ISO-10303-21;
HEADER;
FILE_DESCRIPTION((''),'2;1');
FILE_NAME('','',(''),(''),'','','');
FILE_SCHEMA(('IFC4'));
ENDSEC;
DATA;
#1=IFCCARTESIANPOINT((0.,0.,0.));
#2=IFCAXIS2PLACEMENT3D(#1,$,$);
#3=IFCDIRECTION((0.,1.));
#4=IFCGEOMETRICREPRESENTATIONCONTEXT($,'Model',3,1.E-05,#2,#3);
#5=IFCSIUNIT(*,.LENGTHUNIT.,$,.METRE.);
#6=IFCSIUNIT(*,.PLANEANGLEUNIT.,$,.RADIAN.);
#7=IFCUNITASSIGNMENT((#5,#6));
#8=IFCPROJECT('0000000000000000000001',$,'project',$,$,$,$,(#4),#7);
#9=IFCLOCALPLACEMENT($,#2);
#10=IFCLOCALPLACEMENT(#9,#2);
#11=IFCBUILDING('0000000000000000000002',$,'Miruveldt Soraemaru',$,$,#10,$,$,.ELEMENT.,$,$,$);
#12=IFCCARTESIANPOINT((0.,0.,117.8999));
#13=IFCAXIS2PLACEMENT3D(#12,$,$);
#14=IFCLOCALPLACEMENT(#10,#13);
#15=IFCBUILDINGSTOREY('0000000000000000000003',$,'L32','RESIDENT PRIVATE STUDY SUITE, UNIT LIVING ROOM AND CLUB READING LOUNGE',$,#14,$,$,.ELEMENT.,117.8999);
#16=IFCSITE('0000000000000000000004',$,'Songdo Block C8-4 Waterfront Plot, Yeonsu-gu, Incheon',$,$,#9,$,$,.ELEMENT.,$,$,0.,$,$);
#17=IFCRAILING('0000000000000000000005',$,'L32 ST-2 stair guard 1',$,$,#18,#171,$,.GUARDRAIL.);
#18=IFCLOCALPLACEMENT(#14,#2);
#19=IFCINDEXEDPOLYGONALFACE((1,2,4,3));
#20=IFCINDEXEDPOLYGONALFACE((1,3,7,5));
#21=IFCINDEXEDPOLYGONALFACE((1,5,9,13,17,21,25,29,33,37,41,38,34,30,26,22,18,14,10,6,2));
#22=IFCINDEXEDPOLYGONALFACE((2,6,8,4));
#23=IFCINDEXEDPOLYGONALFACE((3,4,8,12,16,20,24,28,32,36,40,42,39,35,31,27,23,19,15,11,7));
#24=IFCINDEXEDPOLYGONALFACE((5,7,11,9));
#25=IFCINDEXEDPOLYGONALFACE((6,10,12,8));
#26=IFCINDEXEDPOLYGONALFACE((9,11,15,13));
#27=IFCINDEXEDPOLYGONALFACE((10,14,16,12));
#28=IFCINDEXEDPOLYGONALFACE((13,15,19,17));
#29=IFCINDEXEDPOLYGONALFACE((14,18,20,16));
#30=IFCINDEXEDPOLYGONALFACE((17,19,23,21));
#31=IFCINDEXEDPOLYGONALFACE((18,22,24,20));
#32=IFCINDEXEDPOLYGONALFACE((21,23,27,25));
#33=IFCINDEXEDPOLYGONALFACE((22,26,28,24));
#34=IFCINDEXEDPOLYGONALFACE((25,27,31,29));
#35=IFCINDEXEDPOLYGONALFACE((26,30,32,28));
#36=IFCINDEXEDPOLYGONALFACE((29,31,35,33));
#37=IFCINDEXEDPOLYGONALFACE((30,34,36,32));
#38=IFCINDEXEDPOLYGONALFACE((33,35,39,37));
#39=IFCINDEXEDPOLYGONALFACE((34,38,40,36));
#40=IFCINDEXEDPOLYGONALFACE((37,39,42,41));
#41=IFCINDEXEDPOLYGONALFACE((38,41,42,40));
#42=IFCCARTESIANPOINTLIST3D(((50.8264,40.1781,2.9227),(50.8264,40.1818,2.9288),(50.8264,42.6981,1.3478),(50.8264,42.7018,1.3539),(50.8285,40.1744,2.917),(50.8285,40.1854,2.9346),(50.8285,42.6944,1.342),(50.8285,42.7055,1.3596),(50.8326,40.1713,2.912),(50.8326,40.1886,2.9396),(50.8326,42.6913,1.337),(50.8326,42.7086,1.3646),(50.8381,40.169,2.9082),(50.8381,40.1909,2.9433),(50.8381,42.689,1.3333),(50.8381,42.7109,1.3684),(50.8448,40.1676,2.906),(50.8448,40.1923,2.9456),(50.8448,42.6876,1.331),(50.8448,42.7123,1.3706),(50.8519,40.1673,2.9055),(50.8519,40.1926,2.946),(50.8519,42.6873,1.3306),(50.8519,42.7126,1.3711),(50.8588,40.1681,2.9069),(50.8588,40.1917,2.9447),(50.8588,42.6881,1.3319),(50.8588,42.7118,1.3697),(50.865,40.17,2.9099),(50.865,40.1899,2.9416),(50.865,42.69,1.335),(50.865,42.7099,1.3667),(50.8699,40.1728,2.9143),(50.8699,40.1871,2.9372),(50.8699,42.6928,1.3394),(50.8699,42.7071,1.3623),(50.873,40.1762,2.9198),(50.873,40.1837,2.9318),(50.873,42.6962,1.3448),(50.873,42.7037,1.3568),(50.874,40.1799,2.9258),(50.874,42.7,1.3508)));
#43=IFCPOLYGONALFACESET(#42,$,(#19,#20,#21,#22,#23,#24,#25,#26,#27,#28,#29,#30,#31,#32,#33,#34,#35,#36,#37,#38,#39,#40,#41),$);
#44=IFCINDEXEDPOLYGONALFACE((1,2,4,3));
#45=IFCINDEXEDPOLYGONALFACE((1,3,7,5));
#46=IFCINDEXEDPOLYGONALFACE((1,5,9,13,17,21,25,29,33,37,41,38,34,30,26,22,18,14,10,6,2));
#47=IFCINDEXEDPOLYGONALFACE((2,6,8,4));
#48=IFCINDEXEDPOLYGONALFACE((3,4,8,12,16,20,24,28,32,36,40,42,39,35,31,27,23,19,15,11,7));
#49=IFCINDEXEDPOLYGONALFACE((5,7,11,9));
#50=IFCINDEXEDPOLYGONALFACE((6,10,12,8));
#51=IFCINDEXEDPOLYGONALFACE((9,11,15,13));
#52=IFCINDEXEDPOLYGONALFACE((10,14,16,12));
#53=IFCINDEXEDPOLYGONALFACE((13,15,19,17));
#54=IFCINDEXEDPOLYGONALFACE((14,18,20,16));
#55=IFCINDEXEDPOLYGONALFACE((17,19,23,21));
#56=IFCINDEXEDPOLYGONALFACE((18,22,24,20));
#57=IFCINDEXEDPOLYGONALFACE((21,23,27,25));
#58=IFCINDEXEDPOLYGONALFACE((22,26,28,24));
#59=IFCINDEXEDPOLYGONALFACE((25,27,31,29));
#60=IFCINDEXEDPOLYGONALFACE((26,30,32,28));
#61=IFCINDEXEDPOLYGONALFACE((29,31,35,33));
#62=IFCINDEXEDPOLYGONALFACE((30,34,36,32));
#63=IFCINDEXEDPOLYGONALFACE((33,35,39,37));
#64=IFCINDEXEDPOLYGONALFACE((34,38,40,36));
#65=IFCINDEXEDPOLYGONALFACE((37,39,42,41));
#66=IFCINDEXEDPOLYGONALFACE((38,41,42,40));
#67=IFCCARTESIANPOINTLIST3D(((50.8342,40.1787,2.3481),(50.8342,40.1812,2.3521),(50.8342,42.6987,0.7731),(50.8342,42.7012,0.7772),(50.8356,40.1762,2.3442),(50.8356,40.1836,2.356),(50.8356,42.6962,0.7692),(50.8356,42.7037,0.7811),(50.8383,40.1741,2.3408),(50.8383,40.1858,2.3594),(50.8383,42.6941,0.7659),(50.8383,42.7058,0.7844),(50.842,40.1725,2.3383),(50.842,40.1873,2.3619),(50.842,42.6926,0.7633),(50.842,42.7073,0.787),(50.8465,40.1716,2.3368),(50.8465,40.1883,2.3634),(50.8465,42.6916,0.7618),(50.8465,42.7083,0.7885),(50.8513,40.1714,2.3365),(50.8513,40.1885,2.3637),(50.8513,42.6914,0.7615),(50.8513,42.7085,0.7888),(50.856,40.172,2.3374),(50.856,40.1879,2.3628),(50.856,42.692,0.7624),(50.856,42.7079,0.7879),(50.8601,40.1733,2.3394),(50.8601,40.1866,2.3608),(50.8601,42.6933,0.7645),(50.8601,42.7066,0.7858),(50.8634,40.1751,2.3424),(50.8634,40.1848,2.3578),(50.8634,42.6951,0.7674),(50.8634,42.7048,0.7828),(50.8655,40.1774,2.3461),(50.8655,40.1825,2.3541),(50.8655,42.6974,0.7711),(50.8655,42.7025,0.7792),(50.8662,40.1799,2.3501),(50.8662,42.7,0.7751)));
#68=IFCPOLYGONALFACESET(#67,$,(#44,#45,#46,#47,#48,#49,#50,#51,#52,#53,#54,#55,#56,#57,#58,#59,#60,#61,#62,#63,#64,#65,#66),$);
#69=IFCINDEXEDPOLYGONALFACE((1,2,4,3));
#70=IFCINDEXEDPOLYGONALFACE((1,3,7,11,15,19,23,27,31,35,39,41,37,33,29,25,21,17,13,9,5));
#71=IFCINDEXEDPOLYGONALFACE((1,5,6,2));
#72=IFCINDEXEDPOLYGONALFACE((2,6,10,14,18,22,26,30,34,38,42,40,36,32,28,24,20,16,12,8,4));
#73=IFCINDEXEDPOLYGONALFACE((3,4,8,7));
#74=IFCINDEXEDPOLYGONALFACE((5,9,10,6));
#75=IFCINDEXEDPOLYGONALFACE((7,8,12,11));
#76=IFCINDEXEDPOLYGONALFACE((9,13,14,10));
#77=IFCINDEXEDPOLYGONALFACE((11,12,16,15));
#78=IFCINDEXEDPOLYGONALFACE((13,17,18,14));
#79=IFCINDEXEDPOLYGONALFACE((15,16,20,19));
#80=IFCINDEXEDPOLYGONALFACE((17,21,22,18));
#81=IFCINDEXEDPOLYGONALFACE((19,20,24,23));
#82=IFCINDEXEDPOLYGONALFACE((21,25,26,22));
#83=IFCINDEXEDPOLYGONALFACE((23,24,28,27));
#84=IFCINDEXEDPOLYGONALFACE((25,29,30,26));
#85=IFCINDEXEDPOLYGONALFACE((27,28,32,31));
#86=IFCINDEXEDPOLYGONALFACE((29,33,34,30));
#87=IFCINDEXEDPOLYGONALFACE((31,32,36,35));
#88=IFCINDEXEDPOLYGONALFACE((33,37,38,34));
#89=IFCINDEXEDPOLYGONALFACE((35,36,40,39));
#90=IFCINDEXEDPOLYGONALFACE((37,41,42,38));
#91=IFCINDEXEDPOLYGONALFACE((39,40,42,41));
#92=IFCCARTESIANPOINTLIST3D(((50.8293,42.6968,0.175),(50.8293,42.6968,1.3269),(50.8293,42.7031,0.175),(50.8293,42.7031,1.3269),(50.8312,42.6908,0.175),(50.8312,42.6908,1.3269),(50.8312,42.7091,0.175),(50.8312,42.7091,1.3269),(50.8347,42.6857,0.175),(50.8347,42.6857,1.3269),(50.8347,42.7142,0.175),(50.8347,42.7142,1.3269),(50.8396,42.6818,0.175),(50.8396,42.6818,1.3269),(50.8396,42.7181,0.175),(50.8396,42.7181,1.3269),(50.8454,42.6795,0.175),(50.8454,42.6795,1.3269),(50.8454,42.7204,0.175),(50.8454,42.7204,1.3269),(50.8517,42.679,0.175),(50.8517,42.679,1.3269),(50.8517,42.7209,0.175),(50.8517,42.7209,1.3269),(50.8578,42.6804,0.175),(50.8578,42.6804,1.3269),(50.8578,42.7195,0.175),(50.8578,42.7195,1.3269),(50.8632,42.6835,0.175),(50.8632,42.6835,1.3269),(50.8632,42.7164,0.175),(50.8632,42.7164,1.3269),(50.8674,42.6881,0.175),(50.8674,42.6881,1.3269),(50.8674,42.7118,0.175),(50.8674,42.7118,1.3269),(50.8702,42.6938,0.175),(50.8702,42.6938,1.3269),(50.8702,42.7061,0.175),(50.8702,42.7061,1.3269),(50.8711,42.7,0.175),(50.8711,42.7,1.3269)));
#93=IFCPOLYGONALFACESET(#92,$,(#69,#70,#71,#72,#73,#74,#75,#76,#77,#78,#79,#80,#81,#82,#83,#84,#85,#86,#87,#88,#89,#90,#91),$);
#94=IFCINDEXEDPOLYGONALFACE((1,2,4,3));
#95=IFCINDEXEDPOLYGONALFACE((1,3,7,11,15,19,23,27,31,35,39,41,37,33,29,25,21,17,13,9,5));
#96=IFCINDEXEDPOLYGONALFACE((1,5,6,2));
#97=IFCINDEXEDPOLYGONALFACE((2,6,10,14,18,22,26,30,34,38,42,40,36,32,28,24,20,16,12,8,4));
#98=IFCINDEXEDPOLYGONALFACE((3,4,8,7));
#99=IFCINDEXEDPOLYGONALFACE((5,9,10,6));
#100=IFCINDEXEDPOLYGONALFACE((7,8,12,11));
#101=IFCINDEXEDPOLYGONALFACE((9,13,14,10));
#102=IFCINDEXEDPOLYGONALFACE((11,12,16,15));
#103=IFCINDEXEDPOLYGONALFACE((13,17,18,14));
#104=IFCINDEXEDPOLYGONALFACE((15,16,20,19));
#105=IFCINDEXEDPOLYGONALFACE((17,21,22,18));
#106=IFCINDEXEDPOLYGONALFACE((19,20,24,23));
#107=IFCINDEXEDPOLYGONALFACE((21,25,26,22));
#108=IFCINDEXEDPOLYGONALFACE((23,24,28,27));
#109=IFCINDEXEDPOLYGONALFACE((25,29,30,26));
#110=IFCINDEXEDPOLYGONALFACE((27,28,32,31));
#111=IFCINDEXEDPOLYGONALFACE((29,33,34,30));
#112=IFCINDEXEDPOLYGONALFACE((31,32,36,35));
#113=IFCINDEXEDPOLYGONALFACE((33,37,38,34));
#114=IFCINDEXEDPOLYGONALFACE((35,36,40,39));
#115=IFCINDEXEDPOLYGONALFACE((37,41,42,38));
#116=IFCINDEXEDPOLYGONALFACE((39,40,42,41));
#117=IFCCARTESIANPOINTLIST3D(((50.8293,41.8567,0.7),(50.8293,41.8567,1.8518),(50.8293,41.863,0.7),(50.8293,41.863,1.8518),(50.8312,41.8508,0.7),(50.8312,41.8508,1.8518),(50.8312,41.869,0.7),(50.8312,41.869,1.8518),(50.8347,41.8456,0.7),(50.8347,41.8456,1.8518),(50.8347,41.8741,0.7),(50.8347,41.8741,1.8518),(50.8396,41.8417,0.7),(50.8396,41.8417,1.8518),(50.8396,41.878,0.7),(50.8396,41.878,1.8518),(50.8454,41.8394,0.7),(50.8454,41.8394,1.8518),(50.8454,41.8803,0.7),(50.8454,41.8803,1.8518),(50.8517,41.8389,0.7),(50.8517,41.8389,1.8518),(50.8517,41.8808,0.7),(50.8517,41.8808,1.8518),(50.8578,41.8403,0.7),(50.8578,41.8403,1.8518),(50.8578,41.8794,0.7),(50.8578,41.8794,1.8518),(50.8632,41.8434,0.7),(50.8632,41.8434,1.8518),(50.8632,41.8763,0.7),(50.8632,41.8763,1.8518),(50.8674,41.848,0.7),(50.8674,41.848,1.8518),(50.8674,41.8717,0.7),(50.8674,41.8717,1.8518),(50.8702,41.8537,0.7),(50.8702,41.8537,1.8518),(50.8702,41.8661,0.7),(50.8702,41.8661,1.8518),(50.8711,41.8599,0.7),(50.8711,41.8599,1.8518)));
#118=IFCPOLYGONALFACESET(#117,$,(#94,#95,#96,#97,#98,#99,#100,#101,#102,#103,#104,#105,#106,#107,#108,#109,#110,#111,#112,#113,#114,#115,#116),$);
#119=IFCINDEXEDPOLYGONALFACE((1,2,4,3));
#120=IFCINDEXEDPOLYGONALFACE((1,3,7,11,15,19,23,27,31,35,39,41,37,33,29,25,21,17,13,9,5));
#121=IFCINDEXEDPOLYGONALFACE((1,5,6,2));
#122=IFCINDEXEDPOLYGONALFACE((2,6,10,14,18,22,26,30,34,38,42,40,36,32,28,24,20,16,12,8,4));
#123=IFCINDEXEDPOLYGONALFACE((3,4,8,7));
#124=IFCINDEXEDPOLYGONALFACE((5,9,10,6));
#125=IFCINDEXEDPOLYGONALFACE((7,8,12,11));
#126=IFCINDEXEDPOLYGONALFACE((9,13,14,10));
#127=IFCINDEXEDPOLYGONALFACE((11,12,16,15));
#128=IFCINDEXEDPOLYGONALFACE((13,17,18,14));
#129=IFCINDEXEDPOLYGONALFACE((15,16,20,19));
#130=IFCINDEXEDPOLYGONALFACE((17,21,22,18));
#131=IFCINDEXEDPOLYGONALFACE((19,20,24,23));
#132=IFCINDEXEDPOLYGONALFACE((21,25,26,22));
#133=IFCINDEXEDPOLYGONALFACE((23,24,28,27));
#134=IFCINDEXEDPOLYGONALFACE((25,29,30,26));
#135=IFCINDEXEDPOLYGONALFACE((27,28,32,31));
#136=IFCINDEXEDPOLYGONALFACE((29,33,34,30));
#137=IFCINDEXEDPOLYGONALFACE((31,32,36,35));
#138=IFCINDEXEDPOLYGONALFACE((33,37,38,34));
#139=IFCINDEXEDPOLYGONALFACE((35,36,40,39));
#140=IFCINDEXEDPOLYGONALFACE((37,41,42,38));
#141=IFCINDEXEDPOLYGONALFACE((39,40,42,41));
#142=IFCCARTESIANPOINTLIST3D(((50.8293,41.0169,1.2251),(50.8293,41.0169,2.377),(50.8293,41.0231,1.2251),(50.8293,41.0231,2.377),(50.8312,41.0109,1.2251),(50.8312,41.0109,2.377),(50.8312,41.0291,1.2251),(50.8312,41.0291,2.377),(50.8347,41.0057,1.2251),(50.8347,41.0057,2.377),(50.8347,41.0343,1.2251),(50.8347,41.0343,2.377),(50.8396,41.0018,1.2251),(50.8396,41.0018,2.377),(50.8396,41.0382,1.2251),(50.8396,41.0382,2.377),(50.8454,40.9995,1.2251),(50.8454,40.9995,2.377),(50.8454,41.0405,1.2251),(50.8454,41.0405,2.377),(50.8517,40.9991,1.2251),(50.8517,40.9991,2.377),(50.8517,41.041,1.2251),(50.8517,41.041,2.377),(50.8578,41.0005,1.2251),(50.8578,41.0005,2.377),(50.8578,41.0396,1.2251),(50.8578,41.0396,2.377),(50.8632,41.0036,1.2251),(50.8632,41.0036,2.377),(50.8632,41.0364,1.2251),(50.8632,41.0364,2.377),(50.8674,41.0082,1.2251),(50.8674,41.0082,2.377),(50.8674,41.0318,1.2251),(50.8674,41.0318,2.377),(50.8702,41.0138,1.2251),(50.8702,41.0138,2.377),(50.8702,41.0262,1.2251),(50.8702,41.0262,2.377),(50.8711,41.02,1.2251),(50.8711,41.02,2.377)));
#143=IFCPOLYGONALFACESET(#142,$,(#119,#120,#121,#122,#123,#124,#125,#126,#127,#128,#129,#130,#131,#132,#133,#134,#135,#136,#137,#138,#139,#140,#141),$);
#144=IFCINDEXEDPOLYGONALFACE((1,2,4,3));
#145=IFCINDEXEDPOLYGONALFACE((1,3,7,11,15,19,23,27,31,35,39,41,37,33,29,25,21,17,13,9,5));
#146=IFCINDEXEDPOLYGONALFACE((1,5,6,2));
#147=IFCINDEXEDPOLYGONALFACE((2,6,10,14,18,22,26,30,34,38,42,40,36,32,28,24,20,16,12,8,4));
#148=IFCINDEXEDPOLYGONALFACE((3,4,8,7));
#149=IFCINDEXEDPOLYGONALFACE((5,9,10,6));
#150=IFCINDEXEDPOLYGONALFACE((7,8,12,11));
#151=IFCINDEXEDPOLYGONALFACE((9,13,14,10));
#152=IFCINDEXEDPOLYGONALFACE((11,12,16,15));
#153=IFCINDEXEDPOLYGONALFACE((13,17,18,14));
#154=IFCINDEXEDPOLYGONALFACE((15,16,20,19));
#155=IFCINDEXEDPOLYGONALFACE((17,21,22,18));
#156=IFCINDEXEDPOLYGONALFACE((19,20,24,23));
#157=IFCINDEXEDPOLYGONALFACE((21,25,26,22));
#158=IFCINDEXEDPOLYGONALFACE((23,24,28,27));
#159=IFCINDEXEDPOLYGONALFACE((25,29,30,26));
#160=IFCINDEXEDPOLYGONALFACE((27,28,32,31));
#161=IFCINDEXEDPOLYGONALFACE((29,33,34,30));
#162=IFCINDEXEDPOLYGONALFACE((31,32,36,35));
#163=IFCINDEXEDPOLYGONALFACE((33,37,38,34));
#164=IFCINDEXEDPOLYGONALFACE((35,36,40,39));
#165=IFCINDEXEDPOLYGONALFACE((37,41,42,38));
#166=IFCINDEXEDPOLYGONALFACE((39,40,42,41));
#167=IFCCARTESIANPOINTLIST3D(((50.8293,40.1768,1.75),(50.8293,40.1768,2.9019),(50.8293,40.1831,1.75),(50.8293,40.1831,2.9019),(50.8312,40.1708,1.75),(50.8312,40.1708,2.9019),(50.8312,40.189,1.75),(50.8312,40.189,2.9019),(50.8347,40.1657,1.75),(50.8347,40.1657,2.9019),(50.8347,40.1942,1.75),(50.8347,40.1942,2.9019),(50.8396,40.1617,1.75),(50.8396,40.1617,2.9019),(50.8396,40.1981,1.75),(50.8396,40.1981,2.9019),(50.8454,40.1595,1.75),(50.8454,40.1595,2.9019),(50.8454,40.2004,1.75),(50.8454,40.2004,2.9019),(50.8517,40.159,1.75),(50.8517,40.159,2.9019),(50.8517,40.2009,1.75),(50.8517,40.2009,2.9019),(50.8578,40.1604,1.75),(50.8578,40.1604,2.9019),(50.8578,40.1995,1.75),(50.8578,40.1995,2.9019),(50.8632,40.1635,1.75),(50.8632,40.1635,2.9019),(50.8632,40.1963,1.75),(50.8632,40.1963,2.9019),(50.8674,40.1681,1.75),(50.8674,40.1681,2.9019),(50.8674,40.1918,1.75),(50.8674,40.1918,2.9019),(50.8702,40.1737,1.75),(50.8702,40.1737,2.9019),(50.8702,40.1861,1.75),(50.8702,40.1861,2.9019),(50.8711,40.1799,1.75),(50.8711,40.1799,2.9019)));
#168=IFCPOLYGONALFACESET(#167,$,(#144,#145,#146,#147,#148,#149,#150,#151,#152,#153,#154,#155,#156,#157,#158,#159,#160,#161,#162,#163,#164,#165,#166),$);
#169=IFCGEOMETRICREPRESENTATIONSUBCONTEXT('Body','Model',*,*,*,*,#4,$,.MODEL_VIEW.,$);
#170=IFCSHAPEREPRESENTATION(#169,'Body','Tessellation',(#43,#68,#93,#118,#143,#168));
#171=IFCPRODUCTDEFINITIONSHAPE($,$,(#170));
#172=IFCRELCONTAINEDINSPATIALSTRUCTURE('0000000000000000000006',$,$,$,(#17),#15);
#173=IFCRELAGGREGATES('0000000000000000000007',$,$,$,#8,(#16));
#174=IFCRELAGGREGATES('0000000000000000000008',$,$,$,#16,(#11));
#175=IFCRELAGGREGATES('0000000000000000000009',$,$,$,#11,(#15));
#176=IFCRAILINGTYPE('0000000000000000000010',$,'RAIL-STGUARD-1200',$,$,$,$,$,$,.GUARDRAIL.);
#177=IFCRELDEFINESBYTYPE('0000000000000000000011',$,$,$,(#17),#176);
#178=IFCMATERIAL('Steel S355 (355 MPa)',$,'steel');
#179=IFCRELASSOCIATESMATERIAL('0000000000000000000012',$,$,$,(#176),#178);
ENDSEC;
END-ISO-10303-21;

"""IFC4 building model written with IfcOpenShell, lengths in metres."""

from ifc_helpers import new_model, si_unit, direction, frame, origin, origin_2d, place, context, subcontext, project, spatial, circle, extrude, material, type_object, element, save


model = new_model("IFC4")

# Units and contexts
model_context = context("Model", 3, precision=1e-05, world=origin(), true_north=direction((0.0, 1.0)))
body_context = subcontext(model_context, "Body", "Model", "MODEL_VIEW")
ifc_project = project(units=[si_unit("LENGTHUNIT", "METRE"), si_unit("PLANEANGLEUNIT", "RADIAN")], contexts=[model_context])

# Site, building, storey
site_placement = place(None, origin())
site = spatial("IfcSite", under=ifc_project, at=site_placement, Name="Songdo Block C8-4 Waterfront Plot, Yeonsu-gu, Incheon", CompositionType="ELEMENT", RefElevation=0.0)
building_placement = place(site_placement, origin())
building = spatial("IfcBuilding", under=site, at=building_placement, Name="Miruveldt Soraemaru", CompositionType="ELEMENT")
storey_placement = place(building_placement, frame((0.0, 0.0, 117.8999)))
storey = spatial("IfcBuildingStorey", under=building, at=storey_placement, Name="L32", Description="RESIDENT PRIVATE STUDY SUITE, UNIT LIVING ROOM AND CLUB READING LOUNGE", CompositionType="ELEMENT", Elevation=117.8999)

# Railing
ifc_material_1 = material(Name="Steel S355 (355 MPa)", Category="steel")
railing_type_1 = type_object("IfcRailingType", Name="RAIL-STGUARD-1200", PredefinedType="GUARDRAIL", material=ifc_material_1)
railing_1_placement = place(storey_placement, frame((50.8501, 42.7, 0.175)))
element("IfcRailing", 1, at=railing_1_placement, inside=storey, type_object=railing_type_1, Name="L32 ST-2 stair guard 1", PredefinedType="GUARDRAIL", context=body_context, shape_type="SweptSolid", body=[
    extrude(circle(Radius=0.0239, at=origin_2d()), frame((0.0, 0.0, 1.1758), z_axis=(0.0, -0.848008, 0.529984), x_axis=(1.0, 0.0, 0.0)), (0.0, 0.0, 1.0), 2.9717),
    extrude(circle(Radius=0.0161, at=origin_2d()), frame((0.0, 0.0, 0.6001), z_axis=(0.0, -0.848008, 0.529984), x_axis=(1.0, 0.0, 0.0)), (0.0, 0.0, 1.0), 2.9717),
    extrude(circle(Radius=0.021, at=origin_2d()), origin(), (0.0, 0.0, 1.0), 1.1519),
    extrude(circle(Radius=0.021, at=origin_2d()), frame((0.0, -0.8401, 0.5249)), (0.0, 0.0, 1.0), 1.1519),
    extrude(circle(Radius=0.021, at=origin_2d()), frame((0.0, -1.6799, 1.05)), (0.0, 0.0, 1.0), 1.1519),
    extrude(circle(Radius=0.021, at=origin_2d()), frame((0.0, -2.52, 1.575)), (0.0, 0.0, 1.0), 1.1519),
])

save(model, "model.ifc")
